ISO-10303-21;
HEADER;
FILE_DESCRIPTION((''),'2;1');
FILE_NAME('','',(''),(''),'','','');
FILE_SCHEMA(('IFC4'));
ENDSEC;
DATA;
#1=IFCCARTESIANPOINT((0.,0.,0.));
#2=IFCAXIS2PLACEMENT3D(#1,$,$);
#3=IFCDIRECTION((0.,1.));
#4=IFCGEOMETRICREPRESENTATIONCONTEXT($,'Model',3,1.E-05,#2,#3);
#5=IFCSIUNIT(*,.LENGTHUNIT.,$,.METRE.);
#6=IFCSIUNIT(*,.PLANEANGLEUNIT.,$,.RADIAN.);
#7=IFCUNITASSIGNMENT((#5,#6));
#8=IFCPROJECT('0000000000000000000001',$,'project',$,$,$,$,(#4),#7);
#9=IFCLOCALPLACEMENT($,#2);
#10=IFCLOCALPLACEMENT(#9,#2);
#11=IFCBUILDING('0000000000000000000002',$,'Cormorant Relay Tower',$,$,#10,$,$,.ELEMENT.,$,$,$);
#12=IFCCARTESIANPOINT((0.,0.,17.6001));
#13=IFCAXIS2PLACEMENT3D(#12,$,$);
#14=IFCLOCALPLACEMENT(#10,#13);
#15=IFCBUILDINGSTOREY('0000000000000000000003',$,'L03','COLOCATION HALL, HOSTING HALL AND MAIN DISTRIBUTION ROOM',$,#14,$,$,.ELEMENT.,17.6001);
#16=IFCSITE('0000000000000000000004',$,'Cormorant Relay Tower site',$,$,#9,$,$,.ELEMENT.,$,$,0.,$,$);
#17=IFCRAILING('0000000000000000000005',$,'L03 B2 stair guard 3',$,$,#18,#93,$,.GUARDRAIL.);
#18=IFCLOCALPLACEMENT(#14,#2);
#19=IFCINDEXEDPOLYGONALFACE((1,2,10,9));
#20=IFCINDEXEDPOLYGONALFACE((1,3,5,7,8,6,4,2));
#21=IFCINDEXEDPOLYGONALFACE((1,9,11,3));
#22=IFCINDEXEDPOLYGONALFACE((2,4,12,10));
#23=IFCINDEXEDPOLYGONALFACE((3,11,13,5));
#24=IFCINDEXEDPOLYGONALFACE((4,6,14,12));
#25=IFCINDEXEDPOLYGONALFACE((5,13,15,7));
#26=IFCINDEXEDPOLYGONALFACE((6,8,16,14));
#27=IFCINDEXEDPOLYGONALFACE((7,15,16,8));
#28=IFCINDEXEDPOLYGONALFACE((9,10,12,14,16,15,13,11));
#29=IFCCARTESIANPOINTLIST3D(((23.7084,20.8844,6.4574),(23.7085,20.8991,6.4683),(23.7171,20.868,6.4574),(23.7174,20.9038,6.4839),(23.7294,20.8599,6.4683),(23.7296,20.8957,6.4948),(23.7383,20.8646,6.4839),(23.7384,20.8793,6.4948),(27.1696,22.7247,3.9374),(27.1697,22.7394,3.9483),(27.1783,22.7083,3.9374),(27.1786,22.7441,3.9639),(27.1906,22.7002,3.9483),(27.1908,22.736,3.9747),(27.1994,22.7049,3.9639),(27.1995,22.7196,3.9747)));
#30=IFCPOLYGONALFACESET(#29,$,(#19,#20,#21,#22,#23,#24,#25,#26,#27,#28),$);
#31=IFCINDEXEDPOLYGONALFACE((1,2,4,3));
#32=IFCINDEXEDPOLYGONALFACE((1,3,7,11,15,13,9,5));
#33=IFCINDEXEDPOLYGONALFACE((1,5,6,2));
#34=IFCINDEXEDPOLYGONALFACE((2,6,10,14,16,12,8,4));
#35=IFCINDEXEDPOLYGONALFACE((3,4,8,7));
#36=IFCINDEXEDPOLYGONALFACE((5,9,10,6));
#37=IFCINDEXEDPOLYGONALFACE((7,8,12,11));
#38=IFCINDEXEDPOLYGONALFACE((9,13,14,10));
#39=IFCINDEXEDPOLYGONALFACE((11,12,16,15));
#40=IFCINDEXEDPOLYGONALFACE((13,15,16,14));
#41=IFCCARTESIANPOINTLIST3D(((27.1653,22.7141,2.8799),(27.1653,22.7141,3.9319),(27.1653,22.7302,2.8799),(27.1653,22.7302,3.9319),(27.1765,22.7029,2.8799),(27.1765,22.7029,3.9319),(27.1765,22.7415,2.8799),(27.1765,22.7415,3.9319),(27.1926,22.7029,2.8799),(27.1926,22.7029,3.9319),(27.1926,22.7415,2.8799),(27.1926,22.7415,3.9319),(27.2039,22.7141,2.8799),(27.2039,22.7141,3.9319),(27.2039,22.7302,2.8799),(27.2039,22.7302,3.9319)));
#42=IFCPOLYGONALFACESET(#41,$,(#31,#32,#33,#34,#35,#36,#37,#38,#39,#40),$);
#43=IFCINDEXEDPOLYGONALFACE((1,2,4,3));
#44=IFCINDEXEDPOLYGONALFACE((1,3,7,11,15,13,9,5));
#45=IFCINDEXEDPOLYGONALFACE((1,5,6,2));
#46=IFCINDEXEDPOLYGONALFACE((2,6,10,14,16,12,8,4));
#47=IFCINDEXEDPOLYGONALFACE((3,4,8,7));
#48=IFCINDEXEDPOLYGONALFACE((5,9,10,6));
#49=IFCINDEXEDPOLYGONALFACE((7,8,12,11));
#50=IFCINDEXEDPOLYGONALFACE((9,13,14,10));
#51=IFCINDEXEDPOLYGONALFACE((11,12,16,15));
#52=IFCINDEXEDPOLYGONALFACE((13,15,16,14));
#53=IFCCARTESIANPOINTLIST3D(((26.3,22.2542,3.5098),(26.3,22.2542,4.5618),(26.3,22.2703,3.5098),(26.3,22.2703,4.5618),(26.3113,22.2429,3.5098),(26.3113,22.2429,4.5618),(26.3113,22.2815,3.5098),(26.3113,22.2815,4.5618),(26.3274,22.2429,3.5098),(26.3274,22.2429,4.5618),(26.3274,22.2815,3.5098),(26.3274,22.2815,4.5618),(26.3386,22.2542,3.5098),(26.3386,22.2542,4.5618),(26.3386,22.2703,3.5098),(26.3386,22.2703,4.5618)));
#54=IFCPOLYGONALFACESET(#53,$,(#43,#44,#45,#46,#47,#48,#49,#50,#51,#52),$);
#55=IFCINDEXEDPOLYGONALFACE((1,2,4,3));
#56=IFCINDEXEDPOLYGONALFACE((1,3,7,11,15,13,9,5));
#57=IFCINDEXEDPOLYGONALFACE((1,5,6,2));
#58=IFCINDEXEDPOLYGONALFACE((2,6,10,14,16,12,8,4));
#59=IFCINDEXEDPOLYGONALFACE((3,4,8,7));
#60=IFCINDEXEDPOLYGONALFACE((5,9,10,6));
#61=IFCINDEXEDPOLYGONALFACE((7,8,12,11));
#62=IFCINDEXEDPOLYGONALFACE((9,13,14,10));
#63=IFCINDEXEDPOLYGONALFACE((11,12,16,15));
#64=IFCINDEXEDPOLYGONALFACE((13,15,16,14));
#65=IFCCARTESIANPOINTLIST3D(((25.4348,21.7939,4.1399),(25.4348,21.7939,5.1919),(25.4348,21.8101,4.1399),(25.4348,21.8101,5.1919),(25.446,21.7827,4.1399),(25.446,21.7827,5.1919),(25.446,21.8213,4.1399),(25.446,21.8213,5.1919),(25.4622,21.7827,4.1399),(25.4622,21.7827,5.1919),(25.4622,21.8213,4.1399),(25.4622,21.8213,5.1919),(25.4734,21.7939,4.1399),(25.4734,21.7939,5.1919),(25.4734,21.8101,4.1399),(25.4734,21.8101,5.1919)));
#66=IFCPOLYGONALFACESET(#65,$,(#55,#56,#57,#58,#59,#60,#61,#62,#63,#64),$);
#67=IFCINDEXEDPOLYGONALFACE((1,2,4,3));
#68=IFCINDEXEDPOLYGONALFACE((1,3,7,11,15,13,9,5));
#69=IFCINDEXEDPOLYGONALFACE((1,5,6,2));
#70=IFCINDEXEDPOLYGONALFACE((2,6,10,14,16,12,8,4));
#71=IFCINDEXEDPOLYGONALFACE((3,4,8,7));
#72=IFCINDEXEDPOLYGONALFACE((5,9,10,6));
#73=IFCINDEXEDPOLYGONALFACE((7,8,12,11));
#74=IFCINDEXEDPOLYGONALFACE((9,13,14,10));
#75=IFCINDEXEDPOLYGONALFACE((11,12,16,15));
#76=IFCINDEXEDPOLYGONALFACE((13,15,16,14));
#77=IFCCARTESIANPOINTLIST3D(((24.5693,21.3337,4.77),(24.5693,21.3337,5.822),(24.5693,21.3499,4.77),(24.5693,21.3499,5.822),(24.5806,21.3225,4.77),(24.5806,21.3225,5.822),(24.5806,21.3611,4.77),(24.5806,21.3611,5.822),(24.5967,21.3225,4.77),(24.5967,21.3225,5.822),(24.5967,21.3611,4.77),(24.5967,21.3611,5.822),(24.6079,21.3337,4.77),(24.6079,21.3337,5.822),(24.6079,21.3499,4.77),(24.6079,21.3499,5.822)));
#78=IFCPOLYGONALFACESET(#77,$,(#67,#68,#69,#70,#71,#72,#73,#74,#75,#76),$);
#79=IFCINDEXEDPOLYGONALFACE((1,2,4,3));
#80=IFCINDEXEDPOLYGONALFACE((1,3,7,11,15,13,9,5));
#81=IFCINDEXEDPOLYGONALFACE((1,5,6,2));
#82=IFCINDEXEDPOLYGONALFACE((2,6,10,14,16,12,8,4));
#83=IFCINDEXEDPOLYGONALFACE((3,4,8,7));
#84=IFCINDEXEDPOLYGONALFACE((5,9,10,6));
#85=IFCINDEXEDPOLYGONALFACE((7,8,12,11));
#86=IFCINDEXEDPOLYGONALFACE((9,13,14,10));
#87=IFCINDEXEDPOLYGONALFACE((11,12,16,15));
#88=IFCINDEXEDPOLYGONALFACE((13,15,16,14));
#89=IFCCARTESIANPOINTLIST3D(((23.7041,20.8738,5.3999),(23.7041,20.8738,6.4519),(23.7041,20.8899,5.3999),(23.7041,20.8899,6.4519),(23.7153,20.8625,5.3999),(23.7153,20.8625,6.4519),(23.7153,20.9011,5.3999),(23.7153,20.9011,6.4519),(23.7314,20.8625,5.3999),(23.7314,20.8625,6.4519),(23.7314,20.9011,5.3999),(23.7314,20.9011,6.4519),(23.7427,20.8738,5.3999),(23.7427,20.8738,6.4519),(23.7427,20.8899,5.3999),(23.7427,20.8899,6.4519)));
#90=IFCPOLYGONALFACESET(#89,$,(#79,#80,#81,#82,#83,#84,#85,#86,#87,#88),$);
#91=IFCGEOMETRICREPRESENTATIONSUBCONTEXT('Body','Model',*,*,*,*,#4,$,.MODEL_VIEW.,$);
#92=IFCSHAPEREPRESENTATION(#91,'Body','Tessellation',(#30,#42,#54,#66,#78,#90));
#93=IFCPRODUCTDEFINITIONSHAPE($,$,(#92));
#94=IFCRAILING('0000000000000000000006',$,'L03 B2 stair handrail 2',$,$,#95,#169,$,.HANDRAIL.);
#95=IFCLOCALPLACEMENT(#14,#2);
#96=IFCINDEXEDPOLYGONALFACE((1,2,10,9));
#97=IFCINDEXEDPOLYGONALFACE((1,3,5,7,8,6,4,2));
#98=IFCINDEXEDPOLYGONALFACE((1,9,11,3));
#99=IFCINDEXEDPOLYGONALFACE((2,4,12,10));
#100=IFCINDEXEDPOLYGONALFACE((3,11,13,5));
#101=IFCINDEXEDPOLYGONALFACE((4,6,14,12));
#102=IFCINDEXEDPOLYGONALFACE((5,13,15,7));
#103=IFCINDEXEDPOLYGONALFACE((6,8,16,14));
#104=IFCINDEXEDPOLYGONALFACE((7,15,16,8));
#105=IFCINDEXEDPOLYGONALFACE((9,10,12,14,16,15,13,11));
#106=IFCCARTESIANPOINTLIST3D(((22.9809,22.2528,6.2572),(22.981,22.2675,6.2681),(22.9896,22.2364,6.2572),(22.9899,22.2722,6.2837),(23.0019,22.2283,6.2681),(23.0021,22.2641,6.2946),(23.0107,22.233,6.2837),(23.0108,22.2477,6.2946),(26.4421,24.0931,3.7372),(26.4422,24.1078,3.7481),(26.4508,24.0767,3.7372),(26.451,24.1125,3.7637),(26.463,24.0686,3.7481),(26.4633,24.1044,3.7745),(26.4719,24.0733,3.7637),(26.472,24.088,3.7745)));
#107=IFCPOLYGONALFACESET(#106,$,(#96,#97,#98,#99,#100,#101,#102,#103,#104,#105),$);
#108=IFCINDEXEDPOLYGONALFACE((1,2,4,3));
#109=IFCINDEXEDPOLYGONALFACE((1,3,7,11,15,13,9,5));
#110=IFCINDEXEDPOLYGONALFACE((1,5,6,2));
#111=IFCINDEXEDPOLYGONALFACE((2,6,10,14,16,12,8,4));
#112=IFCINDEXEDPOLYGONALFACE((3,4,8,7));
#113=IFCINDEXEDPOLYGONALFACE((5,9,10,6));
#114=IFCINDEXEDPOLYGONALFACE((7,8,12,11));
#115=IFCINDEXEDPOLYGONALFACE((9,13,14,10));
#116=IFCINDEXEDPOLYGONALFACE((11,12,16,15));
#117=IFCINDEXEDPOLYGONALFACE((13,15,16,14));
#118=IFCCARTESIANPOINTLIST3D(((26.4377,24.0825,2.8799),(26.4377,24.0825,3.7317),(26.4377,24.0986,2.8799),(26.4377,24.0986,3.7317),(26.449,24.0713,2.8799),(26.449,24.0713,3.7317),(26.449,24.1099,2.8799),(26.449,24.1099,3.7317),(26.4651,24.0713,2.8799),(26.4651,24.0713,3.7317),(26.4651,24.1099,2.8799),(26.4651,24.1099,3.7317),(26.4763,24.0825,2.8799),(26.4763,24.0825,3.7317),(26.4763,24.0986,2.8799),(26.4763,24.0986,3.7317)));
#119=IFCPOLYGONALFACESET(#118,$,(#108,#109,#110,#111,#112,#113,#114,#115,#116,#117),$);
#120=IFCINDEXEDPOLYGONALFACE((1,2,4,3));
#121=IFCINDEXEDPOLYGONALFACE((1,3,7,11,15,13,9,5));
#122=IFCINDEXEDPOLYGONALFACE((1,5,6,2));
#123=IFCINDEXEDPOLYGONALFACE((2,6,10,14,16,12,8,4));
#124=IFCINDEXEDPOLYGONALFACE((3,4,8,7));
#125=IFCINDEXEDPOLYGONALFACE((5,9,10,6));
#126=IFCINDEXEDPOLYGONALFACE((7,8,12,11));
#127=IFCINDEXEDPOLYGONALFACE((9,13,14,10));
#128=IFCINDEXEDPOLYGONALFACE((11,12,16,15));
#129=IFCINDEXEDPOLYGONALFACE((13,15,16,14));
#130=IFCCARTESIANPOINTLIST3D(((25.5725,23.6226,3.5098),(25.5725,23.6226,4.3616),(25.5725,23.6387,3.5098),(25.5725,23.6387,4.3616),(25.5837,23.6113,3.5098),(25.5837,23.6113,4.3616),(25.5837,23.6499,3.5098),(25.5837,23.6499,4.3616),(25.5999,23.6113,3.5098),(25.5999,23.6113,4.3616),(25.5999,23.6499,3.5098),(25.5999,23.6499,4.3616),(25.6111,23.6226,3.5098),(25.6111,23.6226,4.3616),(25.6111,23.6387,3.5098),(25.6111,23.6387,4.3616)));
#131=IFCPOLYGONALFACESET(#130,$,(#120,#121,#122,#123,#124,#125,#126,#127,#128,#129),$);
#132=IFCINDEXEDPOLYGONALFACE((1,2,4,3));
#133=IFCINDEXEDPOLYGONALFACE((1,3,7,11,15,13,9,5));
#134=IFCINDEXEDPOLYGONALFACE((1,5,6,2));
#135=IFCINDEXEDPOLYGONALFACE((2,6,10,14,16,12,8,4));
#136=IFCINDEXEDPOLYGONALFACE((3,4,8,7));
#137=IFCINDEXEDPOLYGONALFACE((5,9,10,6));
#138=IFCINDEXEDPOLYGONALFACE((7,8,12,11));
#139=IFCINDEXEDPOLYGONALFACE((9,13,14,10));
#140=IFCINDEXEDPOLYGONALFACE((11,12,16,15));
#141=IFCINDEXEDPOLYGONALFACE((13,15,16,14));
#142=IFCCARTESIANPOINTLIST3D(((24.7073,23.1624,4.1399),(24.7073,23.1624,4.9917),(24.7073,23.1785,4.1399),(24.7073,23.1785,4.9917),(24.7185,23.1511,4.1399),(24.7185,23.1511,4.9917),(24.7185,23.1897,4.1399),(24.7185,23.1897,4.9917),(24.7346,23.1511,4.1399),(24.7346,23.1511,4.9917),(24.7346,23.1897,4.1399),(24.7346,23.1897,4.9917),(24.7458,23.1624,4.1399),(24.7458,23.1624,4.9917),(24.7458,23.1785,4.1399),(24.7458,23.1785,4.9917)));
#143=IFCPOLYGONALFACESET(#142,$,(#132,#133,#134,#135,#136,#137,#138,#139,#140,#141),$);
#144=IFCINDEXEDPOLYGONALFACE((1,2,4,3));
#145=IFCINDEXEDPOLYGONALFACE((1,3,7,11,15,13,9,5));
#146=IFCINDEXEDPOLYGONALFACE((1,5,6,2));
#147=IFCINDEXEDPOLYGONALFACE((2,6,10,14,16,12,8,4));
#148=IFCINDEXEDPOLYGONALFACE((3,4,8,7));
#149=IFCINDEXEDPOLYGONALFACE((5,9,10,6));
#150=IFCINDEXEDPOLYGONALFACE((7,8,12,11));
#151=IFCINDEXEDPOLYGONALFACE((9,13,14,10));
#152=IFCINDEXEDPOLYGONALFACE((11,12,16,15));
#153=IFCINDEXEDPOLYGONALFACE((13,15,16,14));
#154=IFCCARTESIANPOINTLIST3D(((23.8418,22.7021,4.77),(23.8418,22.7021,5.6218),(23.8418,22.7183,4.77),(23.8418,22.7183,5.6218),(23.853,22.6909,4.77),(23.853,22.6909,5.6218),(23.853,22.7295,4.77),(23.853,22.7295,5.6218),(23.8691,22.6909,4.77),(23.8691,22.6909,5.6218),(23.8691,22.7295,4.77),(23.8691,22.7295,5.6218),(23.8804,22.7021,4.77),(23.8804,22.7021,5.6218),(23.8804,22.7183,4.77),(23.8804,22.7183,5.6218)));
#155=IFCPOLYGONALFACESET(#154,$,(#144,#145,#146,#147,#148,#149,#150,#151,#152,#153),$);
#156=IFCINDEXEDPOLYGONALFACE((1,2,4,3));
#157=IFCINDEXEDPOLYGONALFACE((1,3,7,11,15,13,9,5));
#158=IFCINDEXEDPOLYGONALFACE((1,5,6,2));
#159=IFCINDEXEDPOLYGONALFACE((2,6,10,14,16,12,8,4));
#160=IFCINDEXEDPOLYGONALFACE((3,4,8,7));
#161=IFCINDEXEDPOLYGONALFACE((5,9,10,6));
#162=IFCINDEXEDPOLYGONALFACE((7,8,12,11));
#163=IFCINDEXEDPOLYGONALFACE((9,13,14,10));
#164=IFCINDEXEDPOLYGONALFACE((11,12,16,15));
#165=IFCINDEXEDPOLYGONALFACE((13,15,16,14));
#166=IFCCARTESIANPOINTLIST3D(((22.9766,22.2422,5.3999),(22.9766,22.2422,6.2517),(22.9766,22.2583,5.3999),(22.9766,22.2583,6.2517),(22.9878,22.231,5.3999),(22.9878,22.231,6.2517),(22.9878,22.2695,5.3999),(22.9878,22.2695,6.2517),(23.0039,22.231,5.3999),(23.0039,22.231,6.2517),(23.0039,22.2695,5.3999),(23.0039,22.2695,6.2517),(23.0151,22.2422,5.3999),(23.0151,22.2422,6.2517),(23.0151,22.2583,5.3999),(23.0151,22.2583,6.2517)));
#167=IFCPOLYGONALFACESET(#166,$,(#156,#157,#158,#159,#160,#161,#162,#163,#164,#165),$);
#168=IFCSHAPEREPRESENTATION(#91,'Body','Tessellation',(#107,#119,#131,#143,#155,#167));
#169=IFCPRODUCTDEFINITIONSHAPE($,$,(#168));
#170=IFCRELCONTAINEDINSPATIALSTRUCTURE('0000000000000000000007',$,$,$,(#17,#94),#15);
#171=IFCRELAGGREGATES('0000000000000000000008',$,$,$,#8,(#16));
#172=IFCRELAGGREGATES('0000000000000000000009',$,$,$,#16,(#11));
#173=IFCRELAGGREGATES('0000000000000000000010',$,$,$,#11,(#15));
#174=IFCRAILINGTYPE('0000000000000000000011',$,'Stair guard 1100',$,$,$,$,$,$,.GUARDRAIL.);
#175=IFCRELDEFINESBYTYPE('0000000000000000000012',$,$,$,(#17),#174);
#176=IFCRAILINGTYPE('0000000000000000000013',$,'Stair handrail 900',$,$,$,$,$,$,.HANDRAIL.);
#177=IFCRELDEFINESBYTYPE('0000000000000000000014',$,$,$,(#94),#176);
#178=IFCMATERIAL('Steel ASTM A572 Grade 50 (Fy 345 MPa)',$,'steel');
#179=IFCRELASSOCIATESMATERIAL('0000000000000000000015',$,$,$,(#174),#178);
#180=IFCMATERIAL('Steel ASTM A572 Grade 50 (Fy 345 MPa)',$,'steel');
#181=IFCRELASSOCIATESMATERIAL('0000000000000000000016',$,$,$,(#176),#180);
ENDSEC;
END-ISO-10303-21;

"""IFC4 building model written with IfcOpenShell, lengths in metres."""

from ifc_helpers import new_model, si_unit, direction, frame, origin, place, context, subcontext, project, spatial, polyline, outline, extrude, material, type_object, element, save


model = new_model("IFC4")

# Units and contexts
model_context = context("Model", 3, precision=1e-05, world=origin(), true_north=direction((0.0, 1.0)))
body_context = subcontext(model_context, "Body", "Model", "MODEL_VIEW")
ifc_project = project(units=[si_unit("LENGTHUNIT", "METRE"), si_unit("PLANEANGLEUNIT", "RADIAN")], contexts=[model_context])

# Site, building, storey
site_placement = place(None, origin())
site = spatial("IfcSite", under=ifc_project, at=site_placement, Name="Cormorant Relay Tower site", CompositionType="ELEMENT", RefElevation=0.0)
building_placement = place(site_placement, origin())
building = spatial("IfcBuilding", under=site, at=building_placement, Name="Cormorant Relay Tower", CompositionType="ELEMENT")
storey_placement = place(building_placement, frame((0.0, 0.0, 17.6001)))
storey = spatial("IfcBuildingStorey", under=building, at=storey_placement, Name="L03", Description="COLOCATION HALL, HOSTING HALL AND MAIN DISTRIBUTION ROOM", CompositionType="ELEMENT", Elevation=17.6001)

# Railings
ifc_material_1 = material(Name="Steel ASTM A572 Grade 50 (Fy 345 MPa)", Category="steel")
railing_type_1 = type_object("IfcRailingType", Name="Stair guard 1100", PredefinedType="GUARDRAIL", material=ifc_material_1)
railing_1_placement = place(storey_placement, frame((27.1846, 22.7222, 2.8799)))
element("IfcRailing", 1, at=railing_1_placement, inside=storey, type_object=railing_type_1, Name="L03 B2 stair guard 3", PredefinedType="GUARDRAIL", context=body_context, shape_type="SweptSolid", body=[
    extrude(outline(polyline([(0.0222, 0.0093), (0.0093, 0.0222), (-0.0093, 0.0222), (-0.0222, 0.0093), (-0.0222, -0.0093), (-0.0093, -0.0222), (0.0093, -0.0222), (0.0222, -0.0093), (0.0222, 0.0093)])), frame((0.0, 0.0, 1.0762), z_axis=(-0.742717, -0.394907, 0.540758), x_axis=(0.469469, -0.882949, 0.0)), (0.0, 0.0, 1.0), 4.6602),
    extrude(outline(polyline([(0.0193, 0.0081), (0.0081, 0.0193), (-0.0081, 0.0193), (-0.0193, 0.0081), (-0.0193, -0.0081), (-0.0081, -0.0193), (0.0081, -0.0193), (0.0193, -0.0081), (0.0193, 0.0081)])), origin(), (0.0, 0.0, 1.0), 1.052),
    extrude(outline(polyline([(0.0193, 0.0081), (0.0081, 0.0193), (-0.0081, 0.0193), (-0.0193, 0.0081), (-0.0193, -0.0081), (-0.0081, -0.0193), (0.0081, -0.0193), (0.0193, -0.0081), (0.0193, 0.0081)])), frame((-0.8652, -0.46, 0.6299)), (0.0, 0.0, 1.0), 1.052),
    extrude(outline(polyline([(0.0193, 0.0081), (0.0081, 0.0193), (-0.0081, 0.0193), (-0.0193, 0.0081), (-0.0193, -0.0081), (-0.0081, -0.0193), (0.0081, -0.0193), (0.0193, -0.0081), (0.0193, 0.0081)])), frame((-1.7305, -0.9202, 1.26)), (0.0, 0.0, 1.0), 1.052),
    extrude(outline(polyline([(0.0193, 0.0081), (0.0081, 0.0193), (-0.0081, 0.0193), (-0.0193, 0.0081), (-0.0193, -0.0081), (-0.0081, -0.0193), (0.0081, -0.0193), (0.0193, -0.0081), (0.0193, 0.0081)])), frame((-2.5959, -1.3804, 1.8901)), (0.0, 0.0, 1.0), 1.052),
    extrude(outline(polyline([(0.0193, 0.0081), (0.0081, 0.0193), (-0.0081, 0.0193), (-0.0193, 0.0081), (-0.0193, -0.0081), (-0.0081, -0.0193), (0.0081, -0.0193), (0.0193, -0.0081), (0.0193, 0.0081)])), frame((-3.4612, -1.8403, 2.52)), (0.0, 0.0, 1.0), 1.052),
])
ifc_material_2 = material(Name="Steel ASTM A572 Grade 50 (Fy 345 MPa)", Category="steel")
railing_type_2 = type_object("IfcRailingType", Name="Stair handrail 900", PredefinedType="HANDRAIL", material=ifc_material_2)
railing_2_placement = place(storey_placement, frame((26.457, 24.0906, 2.8799)))
element("IfcRailing", 2, at=railing_2_placement, inside=storey, type_object=railing_type_2, Name="L03 B2 stair handrail 2", PredefinedType="HANDRAIL", context=body_context, shape_type="SweptSolid", body=[
    extrude(outline(polyline([(0.0222, 0.0093), (0.0093, 0.0222), (-0.0093, 0.0222), (-0.0222, 0.0093), (-0.0222, -0.0093), (-0.0093, -0.0222), (0.0093, -0.0222), (0.0222, -0.0093), (0.0222, 0.0093)])), frame((0.0, 0.0, 0.876), z_axis=(-0.742717, -0.394907, 0.540758), x_axis=(0.469469, -0.882949, 0.0)), (0.0, 0.0, 1.0), 4.6602),
    extrude(outline(polyline([(0.0193, 0.0081), (0.0081, 0.0193), (-0.0081, 0.0193), (-0.0193, 0.0081), (-0.0193, -0.0081), (-0.0081, -0.0193), (0.0081, -0.0193), (0.0193, -0.0081), (0.0193, 0.0081)])), origin(), (0.0, 0.0, 1.0), 0.8518),
    extrude(outline(polyline([(0.0193, 0.0081), (0.0081, 0.0193), (-0.0081, 0.0193), (-0.0193, 0.0081), (-0.0193, -0.0081), (-0.0081, -0.0193), (0.0081, -0.0193), (0.0193, -0.0081), (0.0193, 0.0081)])), frame((-0.8652, -0.46, 0.6299)), (0.0, 0.0, 1.0), 0.8518),
    extrude(outline(polyline([(0.0193, 0.0081), (0.0081, 0.0193), (-0.0081, 0.0193), (-0.0193, 0.0081), (-0.0193, -0.0081), (-0.0081, -0.0193), (0.0081, -0.0193), (0.0193, -0.0081), (0.0193, 0.0081)])), frame((-1.7305, -0.9202, 1.26)), (0.0, 0.0, 1.0), 0.8518),
    extrude(outline(polyline([(0.0193, 0.0081), (0.0081, 0.0193), (-0.0081, 0.0193), (-0.0193, 0.0081), (-0.0193, -0.0081), (-0.0081, -0.0193), (0.0081, -0.0193), (0.0193, -0.0081), (0.0193, 0.0081)])), frame((-2.5959, -1.3804, 1.8901)), (0.0, 0.0, 1.0), 0.8518),
    extrude(outline(polyline([(0.0193, 0.0081), (0.0081, 0.0193), (-0.0081, 0.0193), (-0.0193, 0.0081), (-0.0193, -0.0081), (-0.0081, -0.0193), (0.0081, -0.0193), (0.0193, -0.0081), (0.0193, 0.0081)])), frame((-3.4612, -1.8403, 2.52)), (0.0, 0.0, 1.0), 0.8518),
])

save(model, "model.ifc")
